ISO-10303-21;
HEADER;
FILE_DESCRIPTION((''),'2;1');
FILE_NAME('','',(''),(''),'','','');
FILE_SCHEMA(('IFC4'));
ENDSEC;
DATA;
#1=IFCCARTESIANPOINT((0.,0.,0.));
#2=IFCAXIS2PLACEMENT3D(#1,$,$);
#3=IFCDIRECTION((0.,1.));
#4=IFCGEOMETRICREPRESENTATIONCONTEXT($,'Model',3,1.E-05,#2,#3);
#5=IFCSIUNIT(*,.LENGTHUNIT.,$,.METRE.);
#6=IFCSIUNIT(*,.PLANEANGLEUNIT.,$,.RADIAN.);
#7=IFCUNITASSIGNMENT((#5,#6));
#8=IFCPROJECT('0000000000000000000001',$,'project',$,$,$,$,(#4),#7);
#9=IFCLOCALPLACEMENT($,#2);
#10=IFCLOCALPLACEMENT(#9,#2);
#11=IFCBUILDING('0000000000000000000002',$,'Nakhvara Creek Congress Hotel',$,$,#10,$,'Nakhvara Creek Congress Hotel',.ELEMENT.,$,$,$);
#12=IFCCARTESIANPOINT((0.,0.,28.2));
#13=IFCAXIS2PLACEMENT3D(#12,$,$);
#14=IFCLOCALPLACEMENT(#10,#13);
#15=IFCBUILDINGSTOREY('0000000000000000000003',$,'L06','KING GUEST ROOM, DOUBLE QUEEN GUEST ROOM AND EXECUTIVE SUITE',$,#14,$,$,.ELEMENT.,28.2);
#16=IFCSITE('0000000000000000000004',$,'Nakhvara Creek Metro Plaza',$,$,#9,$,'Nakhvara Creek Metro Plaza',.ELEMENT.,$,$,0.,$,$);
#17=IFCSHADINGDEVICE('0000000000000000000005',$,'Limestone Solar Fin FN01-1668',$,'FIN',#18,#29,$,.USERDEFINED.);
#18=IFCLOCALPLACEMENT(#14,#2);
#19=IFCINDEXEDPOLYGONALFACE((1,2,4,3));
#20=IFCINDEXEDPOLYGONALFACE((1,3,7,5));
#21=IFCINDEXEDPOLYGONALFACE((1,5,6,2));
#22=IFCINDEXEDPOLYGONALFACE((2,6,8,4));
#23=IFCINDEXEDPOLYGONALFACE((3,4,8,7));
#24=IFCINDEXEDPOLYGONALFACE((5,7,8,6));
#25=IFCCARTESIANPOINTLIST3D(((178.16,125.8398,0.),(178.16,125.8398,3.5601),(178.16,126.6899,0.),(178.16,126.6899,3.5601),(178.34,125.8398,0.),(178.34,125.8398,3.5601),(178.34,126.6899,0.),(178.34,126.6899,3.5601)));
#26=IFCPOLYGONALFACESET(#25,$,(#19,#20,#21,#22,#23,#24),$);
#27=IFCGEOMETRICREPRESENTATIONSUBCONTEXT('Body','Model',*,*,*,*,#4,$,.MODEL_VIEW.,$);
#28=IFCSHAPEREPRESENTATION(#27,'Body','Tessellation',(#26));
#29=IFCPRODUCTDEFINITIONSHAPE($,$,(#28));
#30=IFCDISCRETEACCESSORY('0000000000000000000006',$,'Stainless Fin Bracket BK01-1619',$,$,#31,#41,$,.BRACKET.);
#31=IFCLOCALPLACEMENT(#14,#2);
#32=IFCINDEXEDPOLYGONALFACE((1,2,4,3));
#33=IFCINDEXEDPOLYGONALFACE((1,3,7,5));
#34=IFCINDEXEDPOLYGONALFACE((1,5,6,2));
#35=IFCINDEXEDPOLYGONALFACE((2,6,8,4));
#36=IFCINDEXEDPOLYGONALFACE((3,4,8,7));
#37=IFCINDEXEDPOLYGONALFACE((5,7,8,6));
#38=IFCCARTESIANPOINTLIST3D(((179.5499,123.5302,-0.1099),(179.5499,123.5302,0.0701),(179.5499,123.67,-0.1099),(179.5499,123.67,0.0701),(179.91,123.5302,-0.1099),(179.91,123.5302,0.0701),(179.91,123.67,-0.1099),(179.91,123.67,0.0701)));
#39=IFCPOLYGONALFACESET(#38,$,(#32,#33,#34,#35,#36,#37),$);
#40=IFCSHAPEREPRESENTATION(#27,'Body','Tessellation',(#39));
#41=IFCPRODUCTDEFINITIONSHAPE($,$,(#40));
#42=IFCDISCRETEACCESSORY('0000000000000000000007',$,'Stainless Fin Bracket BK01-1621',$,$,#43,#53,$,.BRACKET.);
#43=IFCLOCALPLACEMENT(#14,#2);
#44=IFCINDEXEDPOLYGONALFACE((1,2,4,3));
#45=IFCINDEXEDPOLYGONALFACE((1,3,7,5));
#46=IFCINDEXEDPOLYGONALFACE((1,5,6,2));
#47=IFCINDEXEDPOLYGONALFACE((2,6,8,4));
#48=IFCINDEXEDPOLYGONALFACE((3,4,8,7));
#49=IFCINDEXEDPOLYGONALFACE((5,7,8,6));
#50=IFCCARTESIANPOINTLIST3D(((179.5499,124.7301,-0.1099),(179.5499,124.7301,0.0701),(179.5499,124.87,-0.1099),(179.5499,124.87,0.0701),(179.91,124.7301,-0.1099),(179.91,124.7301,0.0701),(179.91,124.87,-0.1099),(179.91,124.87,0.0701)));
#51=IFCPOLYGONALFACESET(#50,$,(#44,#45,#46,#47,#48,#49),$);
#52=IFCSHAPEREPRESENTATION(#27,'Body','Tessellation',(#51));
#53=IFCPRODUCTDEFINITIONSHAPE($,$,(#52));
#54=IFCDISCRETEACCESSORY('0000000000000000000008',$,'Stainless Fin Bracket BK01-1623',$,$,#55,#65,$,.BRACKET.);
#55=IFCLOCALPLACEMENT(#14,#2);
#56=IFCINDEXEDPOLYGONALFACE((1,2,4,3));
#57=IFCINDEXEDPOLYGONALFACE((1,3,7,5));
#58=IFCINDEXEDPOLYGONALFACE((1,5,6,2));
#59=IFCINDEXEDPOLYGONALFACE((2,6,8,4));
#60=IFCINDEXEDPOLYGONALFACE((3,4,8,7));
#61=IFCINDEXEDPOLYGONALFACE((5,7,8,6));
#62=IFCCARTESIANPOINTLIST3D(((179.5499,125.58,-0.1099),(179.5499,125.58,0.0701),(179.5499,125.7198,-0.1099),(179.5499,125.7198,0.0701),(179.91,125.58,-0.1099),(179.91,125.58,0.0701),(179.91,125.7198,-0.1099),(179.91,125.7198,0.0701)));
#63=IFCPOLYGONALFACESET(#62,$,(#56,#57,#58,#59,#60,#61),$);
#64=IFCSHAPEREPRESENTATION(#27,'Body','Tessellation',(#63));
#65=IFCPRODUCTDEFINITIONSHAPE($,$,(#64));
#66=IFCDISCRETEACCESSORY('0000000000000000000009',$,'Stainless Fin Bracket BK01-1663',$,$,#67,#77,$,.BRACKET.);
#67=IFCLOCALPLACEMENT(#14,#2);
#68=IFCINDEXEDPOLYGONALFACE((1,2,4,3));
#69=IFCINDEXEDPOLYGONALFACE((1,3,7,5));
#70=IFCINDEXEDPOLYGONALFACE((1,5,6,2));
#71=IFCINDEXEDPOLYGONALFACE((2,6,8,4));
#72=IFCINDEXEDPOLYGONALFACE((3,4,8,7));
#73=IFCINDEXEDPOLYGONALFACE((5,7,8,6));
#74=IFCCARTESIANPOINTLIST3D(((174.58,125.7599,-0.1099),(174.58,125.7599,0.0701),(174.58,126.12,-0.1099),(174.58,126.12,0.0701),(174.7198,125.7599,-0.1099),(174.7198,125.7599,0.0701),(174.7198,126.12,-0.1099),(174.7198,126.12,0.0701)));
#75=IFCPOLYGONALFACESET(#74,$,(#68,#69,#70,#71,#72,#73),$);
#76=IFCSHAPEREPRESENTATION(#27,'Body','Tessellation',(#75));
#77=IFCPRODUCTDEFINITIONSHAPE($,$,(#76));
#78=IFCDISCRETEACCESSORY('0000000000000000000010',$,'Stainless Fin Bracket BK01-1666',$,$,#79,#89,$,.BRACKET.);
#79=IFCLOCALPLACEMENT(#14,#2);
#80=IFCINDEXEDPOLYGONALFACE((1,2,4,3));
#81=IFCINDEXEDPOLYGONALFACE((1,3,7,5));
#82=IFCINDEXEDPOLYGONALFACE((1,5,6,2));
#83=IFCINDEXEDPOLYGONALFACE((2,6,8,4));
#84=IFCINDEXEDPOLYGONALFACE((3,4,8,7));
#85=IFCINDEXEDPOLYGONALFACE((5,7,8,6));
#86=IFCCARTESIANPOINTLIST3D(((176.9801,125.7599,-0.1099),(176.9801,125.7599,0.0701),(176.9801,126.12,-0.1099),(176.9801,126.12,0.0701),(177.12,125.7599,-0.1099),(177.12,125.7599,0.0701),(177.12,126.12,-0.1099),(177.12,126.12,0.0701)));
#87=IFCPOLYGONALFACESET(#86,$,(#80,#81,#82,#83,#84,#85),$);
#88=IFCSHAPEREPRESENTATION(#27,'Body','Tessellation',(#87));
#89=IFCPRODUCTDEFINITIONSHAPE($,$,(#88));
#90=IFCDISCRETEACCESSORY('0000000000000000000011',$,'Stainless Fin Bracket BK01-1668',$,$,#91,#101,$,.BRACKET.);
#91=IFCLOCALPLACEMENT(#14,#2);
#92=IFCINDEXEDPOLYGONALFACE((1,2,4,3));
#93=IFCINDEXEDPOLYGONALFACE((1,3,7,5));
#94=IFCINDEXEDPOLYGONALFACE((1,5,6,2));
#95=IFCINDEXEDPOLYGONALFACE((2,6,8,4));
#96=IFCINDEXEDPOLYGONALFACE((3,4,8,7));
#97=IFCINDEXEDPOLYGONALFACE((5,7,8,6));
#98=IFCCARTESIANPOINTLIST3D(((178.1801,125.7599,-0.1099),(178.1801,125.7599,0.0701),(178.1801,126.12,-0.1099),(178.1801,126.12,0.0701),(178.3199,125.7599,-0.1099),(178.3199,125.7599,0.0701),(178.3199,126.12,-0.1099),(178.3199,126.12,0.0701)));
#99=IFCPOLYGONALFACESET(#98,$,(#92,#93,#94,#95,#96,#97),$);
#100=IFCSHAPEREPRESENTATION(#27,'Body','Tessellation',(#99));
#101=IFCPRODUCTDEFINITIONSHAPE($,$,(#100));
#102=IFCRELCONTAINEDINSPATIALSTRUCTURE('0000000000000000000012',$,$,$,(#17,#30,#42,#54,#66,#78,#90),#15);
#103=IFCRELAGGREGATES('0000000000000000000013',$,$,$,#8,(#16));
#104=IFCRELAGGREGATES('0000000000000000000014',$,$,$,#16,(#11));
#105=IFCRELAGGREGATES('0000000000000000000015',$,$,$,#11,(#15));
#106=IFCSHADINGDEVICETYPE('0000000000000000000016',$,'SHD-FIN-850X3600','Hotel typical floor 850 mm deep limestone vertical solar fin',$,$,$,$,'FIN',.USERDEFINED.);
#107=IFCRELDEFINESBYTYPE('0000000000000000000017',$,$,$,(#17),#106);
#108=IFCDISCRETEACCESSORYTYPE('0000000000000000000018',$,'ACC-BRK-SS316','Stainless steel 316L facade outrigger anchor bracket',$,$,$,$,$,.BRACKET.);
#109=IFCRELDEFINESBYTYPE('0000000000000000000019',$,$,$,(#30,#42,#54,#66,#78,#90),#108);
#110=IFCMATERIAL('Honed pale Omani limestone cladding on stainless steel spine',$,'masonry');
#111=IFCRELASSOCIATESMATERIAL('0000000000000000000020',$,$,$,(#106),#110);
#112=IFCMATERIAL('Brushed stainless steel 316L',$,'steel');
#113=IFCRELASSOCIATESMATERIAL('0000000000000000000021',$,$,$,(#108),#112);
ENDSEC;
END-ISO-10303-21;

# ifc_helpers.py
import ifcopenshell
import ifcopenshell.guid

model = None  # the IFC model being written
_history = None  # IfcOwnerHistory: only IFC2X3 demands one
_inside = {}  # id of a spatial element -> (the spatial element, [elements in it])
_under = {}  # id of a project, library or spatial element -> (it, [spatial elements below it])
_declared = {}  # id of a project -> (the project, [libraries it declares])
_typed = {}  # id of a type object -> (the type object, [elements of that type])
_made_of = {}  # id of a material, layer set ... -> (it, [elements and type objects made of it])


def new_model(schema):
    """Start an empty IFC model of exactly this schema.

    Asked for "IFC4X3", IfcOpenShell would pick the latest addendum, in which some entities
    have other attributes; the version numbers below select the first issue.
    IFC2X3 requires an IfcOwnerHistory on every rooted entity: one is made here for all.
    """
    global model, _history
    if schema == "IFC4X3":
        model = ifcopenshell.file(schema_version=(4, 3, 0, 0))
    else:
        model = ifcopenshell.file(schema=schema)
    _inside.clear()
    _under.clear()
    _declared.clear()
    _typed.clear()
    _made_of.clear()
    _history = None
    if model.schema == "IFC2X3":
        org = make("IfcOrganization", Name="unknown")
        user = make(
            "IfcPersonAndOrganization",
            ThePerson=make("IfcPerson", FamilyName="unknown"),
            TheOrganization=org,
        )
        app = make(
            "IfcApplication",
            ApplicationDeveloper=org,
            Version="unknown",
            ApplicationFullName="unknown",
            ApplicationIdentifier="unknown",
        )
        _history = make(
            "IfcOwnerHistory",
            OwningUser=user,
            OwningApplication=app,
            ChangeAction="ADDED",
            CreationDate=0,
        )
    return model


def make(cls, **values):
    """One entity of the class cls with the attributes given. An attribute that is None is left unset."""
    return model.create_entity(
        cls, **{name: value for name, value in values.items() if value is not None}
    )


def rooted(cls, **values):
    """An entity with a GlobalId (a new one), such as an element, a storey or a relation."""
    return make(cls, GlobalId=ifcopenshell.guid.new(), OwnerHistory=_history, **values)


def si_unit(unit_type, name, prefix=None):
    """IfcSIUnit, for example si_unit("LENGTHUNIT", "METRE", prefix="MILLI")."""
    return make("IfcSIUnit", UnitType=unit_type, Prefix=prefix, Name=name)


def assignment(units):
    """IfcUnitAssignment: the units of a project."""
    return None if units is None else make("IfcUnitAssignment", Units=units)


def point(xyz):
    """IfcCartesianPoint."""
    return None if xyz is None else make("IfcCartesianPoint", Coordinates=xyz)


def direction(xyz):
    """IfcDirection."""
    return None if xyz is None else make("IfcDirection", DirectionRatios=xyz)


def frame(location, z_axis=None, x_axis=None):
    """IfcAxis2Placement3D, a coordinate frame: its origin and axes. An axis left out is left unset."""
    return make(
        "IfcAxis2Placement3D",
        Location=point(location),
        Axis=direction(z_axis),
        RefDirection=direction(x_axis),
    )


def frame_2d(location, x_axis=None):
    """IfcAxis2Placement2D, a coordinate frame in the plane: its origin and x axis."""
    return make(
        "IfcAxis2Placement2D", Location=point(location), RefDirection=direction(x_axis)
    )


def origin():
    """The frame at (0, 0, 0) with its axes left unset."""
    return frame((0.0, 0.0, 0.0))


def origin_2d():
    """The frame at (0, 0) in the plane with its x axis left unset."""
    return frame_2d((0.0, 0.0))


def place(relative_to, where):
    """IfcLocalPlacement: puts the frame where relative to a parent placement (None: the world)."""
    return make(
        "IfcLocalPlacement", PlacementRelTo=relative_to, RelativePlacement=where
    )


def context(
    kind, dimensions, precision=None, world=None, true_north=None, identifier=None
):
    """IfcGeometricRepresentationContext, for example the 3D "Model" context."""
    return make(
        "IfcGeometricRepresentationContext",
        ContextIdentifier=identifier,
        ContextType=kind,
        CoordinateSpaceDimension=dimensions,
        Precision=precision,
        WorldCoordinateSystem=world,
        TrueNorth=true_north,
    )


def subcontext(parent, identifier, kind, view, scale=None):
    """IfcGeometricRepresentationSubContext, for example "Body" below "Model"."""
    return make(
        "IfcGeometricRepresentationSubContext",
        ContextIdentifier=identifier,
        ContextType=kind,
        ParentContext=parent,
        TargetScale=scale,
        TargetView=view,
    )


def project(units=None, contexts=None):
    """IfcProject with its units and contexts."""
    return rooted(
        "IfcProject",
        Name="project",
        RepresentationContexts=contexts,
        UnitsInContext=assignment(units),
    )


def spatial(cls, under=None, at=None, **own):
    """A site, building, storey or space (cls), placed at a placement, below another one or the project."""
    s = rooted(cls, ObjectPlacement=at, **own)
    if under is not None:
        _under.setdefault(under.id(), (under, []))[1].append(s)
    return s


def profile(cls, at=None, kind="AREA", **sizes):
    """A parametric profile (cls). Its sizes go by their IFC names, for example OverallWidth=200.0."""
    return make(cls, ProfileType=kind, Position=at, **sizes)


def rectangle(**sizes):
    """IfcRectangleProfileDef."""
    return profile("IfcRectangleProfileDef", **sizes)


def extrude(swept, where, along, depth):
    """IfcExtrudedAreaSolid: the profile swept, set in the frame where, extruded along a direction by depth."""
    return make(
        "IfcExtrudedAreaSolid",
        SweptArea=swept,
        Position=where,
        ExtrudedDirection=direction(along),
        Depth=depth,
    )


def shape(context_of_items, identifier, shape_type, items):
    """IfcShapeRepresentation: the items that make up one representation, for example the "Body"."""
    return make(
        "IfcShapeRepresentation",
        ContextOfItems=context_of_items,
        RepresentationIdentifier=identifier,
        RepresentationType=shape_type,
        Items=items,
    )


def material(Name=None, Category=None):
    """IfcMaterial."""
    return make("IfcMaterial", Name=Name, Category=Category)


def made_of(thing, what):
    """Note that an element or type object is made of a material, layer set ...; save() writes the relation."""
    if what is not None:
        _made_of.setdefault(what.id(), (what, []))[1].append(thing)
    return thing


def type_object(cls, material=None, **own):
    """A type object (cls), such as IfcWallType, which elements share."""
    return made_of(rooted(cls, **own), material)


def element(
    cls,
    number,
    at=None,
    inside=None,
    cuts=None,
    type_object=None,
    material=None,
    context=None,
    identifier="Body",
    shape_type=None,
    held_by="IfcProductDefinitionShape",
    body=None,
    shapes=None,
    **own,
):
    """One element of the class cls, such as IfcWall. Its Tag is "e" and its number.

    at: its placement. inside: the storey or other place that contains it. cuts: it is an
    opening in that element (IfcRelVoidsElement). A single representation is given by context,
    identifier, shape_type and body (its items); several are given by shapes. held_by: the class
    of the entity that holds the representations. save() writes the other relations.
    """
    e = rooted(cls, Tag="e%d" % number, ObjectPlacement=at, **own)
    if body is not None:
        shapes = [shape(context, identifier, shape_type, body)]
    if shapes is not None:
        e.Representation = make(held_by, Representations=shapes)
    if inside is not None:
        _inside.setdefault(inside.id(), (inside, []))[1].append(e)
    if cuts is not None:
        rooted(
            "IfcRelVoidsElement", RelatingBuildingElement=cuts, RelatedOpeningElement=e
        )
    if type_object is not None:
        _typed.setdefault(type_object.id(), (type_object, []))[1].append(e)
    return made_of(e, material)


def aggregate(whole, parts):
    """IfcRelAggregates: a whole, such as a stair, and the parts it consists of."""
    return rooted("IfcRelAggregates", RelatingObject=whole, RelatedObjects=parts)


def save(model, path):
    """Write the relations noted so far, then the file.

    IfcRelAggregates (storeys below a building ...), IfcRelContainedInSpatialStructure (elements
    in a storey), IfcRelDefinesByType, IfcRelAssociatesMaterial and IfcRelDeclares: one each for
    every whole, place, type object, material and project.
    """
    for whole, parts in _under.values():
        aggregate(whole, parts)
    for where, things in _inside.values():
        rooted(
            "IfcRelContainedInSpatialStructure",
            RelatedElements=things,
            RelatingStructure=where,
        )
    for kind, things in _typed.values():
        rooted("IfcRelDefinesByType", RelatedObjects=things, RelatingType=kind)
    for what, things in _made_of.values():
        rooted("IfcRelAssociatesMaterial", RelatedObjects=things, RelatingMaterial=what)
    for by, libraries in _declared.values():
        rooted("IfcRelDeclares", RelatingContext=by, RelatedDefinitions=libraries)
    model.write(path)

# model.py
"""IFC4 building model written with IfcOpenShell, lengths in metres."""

from ifc_helpers import new_model, si_unit, direction, frame, origin, origin_2d, place, context, subcontext, project, spatial, rectangle, extrude, material, type_object, element, save


model = new_model("IFC4")

# Units and contexts
model_context = context("Model", 3, precision=1e-05, world=origin(), true_north=direction((0.0, 1.0)))
body_context = subcontext(model_context, "Body", "Model", "MODEL_VIEW")
ifc_project = project(units=[si_unit("LENGTHUNIT", "METRE"), si_unit("PLANEANGLEUNIT", "RADIAN")], contexts=[model_context])

# Site, building, storey
site_placement = place(None, origin())
site = spatial("IfcSite", under=ifc_project, at=site_placement, Name="Nakhvara Creek Metro Plaza", LongName="Nakhvara Creek Metro Plaza", CompositionType="ELEMENT", RefElevation=0.0)
building_placement = place(site_placement, origin())
building = spatial("IfcBuilding", under=site, at=building_placement, Name="Nakhvara Creek Congress Hotel", LongName="Nakhvara Creek Congress Hotel", CompositionType="ELEMENT")
storey_placement = place(building_placement, frame((0.0, 0.0, 28.2)))
storey = spatial("IfcBuildingStorey", under=building, at=storey_placement, Name="L06", Description="KING GUEST ROOM, DOUBLE QUEEN GUEST ROOM AND EXECUTIVE SUITE", CompositionType="ELEMENT", Elevation=28.2)

# Shading device
ifc_material_1 = material(Name="Honed pale Omani limestone cladding on stainless steel spine", Category="masonry")
shading_device_type = type_object("IfcShadingDeviceType", Name="SHD-FIN-850X3600", Description="Hotel typical floor 850 mm deep limestone vertical solar fin", ElementType="FIN", PredefinedType="USERDEFINED", material=ifc_material_1)
for number, where, z_axis, x_axis, name in (
    (1, (178.25, 126.2649, 0.0), (0.0, 0.0, 1.0), (1.0, 0.0, 0.0), "Limestone Solar Fin FN01-1668"),
):
    element("IfcShadingDevice", number, at=place(storey_placement, frame(where, z_axis=z_axis, x_axis=x_axis)), inside=storey, type_object=shading_device_type, Name=name, ObjectType="FIN", PredefinedType="USERDEFINED", context=body_context, shape_type="SweptSolid", body=[
        extrude(rectangle(XDim=0.1799, YDim=0.8501, at=origin_2d()), origin(), (0.0, 0.0, 1.0), 3.5601),
    ])

# Discrete accessories
ifc_material_2 = material(Name="Brushed stainless steel 316L", Category="steel")
discrete_accessory_type = type_object("IfcDiscreteAccessoryType", Name="ACC-BRK-SS316", Description="Stainless steel 316L facade outrigger anchor bracket", PredefinedType="BRACKET", material=ifc_material_2)
for number, where, z_axis, x_axis, name in (
    (2, (179.73, 123.6001, -0.1099), (0.0, 0.0, 1.0), (0.0, 1.0, 0.0), "Stainless Fin Bracket BK01-1619"),
    (3, (179.73, 124.8, -0.1099), (0.0, 0.0, 1.0), (0.0, 1.0, 0.0), "Stainless Fin Bracket BK01-1621"),
    (4, (179.73, 125.6499, -0.1099), (0.0, 0.0, 1.0), (0.0, 1.0, 0.0), "Stainless Fin Bracket BK01-1623"),
    (5, (174.6499, 125.9399, -0.1099), (0.0, 0.0, 1.0), (1.0, 0.0, 0.0), "Stainless Fin Bracket BK01-1663"),
    (6, (177.05, 125.9399, -0.1099), (0.0, 0.0, 1.0), (1.0, 0.0, 0.0), "Stainless Fin Bracket BK01-1666"),
    (7, (178.25, 125.9399, -0.1099), (0.0, 0.0, 1.0), (1.0, 0.0, 0.0), "Stainless Fin Bracket BK01-1668"),
):
    element("IfcDiscreteAccessory", number, at=place(storey_placement, frame(where, z_axis=z_axis, x_axis=x_axis)), inside=storey, type_object=discrete_accessory_type, Name=name, PredefinedType="BRACKET", context=body_context, shape_type="SweptSolid", body=[
        extrude(rectangle(XDim=0.1399, YDim=0.3601, at=origin_2d()), origin(), (0.0, 0.0, 1.0), 0.1799),
    ])

save(model, "model.ifc")
